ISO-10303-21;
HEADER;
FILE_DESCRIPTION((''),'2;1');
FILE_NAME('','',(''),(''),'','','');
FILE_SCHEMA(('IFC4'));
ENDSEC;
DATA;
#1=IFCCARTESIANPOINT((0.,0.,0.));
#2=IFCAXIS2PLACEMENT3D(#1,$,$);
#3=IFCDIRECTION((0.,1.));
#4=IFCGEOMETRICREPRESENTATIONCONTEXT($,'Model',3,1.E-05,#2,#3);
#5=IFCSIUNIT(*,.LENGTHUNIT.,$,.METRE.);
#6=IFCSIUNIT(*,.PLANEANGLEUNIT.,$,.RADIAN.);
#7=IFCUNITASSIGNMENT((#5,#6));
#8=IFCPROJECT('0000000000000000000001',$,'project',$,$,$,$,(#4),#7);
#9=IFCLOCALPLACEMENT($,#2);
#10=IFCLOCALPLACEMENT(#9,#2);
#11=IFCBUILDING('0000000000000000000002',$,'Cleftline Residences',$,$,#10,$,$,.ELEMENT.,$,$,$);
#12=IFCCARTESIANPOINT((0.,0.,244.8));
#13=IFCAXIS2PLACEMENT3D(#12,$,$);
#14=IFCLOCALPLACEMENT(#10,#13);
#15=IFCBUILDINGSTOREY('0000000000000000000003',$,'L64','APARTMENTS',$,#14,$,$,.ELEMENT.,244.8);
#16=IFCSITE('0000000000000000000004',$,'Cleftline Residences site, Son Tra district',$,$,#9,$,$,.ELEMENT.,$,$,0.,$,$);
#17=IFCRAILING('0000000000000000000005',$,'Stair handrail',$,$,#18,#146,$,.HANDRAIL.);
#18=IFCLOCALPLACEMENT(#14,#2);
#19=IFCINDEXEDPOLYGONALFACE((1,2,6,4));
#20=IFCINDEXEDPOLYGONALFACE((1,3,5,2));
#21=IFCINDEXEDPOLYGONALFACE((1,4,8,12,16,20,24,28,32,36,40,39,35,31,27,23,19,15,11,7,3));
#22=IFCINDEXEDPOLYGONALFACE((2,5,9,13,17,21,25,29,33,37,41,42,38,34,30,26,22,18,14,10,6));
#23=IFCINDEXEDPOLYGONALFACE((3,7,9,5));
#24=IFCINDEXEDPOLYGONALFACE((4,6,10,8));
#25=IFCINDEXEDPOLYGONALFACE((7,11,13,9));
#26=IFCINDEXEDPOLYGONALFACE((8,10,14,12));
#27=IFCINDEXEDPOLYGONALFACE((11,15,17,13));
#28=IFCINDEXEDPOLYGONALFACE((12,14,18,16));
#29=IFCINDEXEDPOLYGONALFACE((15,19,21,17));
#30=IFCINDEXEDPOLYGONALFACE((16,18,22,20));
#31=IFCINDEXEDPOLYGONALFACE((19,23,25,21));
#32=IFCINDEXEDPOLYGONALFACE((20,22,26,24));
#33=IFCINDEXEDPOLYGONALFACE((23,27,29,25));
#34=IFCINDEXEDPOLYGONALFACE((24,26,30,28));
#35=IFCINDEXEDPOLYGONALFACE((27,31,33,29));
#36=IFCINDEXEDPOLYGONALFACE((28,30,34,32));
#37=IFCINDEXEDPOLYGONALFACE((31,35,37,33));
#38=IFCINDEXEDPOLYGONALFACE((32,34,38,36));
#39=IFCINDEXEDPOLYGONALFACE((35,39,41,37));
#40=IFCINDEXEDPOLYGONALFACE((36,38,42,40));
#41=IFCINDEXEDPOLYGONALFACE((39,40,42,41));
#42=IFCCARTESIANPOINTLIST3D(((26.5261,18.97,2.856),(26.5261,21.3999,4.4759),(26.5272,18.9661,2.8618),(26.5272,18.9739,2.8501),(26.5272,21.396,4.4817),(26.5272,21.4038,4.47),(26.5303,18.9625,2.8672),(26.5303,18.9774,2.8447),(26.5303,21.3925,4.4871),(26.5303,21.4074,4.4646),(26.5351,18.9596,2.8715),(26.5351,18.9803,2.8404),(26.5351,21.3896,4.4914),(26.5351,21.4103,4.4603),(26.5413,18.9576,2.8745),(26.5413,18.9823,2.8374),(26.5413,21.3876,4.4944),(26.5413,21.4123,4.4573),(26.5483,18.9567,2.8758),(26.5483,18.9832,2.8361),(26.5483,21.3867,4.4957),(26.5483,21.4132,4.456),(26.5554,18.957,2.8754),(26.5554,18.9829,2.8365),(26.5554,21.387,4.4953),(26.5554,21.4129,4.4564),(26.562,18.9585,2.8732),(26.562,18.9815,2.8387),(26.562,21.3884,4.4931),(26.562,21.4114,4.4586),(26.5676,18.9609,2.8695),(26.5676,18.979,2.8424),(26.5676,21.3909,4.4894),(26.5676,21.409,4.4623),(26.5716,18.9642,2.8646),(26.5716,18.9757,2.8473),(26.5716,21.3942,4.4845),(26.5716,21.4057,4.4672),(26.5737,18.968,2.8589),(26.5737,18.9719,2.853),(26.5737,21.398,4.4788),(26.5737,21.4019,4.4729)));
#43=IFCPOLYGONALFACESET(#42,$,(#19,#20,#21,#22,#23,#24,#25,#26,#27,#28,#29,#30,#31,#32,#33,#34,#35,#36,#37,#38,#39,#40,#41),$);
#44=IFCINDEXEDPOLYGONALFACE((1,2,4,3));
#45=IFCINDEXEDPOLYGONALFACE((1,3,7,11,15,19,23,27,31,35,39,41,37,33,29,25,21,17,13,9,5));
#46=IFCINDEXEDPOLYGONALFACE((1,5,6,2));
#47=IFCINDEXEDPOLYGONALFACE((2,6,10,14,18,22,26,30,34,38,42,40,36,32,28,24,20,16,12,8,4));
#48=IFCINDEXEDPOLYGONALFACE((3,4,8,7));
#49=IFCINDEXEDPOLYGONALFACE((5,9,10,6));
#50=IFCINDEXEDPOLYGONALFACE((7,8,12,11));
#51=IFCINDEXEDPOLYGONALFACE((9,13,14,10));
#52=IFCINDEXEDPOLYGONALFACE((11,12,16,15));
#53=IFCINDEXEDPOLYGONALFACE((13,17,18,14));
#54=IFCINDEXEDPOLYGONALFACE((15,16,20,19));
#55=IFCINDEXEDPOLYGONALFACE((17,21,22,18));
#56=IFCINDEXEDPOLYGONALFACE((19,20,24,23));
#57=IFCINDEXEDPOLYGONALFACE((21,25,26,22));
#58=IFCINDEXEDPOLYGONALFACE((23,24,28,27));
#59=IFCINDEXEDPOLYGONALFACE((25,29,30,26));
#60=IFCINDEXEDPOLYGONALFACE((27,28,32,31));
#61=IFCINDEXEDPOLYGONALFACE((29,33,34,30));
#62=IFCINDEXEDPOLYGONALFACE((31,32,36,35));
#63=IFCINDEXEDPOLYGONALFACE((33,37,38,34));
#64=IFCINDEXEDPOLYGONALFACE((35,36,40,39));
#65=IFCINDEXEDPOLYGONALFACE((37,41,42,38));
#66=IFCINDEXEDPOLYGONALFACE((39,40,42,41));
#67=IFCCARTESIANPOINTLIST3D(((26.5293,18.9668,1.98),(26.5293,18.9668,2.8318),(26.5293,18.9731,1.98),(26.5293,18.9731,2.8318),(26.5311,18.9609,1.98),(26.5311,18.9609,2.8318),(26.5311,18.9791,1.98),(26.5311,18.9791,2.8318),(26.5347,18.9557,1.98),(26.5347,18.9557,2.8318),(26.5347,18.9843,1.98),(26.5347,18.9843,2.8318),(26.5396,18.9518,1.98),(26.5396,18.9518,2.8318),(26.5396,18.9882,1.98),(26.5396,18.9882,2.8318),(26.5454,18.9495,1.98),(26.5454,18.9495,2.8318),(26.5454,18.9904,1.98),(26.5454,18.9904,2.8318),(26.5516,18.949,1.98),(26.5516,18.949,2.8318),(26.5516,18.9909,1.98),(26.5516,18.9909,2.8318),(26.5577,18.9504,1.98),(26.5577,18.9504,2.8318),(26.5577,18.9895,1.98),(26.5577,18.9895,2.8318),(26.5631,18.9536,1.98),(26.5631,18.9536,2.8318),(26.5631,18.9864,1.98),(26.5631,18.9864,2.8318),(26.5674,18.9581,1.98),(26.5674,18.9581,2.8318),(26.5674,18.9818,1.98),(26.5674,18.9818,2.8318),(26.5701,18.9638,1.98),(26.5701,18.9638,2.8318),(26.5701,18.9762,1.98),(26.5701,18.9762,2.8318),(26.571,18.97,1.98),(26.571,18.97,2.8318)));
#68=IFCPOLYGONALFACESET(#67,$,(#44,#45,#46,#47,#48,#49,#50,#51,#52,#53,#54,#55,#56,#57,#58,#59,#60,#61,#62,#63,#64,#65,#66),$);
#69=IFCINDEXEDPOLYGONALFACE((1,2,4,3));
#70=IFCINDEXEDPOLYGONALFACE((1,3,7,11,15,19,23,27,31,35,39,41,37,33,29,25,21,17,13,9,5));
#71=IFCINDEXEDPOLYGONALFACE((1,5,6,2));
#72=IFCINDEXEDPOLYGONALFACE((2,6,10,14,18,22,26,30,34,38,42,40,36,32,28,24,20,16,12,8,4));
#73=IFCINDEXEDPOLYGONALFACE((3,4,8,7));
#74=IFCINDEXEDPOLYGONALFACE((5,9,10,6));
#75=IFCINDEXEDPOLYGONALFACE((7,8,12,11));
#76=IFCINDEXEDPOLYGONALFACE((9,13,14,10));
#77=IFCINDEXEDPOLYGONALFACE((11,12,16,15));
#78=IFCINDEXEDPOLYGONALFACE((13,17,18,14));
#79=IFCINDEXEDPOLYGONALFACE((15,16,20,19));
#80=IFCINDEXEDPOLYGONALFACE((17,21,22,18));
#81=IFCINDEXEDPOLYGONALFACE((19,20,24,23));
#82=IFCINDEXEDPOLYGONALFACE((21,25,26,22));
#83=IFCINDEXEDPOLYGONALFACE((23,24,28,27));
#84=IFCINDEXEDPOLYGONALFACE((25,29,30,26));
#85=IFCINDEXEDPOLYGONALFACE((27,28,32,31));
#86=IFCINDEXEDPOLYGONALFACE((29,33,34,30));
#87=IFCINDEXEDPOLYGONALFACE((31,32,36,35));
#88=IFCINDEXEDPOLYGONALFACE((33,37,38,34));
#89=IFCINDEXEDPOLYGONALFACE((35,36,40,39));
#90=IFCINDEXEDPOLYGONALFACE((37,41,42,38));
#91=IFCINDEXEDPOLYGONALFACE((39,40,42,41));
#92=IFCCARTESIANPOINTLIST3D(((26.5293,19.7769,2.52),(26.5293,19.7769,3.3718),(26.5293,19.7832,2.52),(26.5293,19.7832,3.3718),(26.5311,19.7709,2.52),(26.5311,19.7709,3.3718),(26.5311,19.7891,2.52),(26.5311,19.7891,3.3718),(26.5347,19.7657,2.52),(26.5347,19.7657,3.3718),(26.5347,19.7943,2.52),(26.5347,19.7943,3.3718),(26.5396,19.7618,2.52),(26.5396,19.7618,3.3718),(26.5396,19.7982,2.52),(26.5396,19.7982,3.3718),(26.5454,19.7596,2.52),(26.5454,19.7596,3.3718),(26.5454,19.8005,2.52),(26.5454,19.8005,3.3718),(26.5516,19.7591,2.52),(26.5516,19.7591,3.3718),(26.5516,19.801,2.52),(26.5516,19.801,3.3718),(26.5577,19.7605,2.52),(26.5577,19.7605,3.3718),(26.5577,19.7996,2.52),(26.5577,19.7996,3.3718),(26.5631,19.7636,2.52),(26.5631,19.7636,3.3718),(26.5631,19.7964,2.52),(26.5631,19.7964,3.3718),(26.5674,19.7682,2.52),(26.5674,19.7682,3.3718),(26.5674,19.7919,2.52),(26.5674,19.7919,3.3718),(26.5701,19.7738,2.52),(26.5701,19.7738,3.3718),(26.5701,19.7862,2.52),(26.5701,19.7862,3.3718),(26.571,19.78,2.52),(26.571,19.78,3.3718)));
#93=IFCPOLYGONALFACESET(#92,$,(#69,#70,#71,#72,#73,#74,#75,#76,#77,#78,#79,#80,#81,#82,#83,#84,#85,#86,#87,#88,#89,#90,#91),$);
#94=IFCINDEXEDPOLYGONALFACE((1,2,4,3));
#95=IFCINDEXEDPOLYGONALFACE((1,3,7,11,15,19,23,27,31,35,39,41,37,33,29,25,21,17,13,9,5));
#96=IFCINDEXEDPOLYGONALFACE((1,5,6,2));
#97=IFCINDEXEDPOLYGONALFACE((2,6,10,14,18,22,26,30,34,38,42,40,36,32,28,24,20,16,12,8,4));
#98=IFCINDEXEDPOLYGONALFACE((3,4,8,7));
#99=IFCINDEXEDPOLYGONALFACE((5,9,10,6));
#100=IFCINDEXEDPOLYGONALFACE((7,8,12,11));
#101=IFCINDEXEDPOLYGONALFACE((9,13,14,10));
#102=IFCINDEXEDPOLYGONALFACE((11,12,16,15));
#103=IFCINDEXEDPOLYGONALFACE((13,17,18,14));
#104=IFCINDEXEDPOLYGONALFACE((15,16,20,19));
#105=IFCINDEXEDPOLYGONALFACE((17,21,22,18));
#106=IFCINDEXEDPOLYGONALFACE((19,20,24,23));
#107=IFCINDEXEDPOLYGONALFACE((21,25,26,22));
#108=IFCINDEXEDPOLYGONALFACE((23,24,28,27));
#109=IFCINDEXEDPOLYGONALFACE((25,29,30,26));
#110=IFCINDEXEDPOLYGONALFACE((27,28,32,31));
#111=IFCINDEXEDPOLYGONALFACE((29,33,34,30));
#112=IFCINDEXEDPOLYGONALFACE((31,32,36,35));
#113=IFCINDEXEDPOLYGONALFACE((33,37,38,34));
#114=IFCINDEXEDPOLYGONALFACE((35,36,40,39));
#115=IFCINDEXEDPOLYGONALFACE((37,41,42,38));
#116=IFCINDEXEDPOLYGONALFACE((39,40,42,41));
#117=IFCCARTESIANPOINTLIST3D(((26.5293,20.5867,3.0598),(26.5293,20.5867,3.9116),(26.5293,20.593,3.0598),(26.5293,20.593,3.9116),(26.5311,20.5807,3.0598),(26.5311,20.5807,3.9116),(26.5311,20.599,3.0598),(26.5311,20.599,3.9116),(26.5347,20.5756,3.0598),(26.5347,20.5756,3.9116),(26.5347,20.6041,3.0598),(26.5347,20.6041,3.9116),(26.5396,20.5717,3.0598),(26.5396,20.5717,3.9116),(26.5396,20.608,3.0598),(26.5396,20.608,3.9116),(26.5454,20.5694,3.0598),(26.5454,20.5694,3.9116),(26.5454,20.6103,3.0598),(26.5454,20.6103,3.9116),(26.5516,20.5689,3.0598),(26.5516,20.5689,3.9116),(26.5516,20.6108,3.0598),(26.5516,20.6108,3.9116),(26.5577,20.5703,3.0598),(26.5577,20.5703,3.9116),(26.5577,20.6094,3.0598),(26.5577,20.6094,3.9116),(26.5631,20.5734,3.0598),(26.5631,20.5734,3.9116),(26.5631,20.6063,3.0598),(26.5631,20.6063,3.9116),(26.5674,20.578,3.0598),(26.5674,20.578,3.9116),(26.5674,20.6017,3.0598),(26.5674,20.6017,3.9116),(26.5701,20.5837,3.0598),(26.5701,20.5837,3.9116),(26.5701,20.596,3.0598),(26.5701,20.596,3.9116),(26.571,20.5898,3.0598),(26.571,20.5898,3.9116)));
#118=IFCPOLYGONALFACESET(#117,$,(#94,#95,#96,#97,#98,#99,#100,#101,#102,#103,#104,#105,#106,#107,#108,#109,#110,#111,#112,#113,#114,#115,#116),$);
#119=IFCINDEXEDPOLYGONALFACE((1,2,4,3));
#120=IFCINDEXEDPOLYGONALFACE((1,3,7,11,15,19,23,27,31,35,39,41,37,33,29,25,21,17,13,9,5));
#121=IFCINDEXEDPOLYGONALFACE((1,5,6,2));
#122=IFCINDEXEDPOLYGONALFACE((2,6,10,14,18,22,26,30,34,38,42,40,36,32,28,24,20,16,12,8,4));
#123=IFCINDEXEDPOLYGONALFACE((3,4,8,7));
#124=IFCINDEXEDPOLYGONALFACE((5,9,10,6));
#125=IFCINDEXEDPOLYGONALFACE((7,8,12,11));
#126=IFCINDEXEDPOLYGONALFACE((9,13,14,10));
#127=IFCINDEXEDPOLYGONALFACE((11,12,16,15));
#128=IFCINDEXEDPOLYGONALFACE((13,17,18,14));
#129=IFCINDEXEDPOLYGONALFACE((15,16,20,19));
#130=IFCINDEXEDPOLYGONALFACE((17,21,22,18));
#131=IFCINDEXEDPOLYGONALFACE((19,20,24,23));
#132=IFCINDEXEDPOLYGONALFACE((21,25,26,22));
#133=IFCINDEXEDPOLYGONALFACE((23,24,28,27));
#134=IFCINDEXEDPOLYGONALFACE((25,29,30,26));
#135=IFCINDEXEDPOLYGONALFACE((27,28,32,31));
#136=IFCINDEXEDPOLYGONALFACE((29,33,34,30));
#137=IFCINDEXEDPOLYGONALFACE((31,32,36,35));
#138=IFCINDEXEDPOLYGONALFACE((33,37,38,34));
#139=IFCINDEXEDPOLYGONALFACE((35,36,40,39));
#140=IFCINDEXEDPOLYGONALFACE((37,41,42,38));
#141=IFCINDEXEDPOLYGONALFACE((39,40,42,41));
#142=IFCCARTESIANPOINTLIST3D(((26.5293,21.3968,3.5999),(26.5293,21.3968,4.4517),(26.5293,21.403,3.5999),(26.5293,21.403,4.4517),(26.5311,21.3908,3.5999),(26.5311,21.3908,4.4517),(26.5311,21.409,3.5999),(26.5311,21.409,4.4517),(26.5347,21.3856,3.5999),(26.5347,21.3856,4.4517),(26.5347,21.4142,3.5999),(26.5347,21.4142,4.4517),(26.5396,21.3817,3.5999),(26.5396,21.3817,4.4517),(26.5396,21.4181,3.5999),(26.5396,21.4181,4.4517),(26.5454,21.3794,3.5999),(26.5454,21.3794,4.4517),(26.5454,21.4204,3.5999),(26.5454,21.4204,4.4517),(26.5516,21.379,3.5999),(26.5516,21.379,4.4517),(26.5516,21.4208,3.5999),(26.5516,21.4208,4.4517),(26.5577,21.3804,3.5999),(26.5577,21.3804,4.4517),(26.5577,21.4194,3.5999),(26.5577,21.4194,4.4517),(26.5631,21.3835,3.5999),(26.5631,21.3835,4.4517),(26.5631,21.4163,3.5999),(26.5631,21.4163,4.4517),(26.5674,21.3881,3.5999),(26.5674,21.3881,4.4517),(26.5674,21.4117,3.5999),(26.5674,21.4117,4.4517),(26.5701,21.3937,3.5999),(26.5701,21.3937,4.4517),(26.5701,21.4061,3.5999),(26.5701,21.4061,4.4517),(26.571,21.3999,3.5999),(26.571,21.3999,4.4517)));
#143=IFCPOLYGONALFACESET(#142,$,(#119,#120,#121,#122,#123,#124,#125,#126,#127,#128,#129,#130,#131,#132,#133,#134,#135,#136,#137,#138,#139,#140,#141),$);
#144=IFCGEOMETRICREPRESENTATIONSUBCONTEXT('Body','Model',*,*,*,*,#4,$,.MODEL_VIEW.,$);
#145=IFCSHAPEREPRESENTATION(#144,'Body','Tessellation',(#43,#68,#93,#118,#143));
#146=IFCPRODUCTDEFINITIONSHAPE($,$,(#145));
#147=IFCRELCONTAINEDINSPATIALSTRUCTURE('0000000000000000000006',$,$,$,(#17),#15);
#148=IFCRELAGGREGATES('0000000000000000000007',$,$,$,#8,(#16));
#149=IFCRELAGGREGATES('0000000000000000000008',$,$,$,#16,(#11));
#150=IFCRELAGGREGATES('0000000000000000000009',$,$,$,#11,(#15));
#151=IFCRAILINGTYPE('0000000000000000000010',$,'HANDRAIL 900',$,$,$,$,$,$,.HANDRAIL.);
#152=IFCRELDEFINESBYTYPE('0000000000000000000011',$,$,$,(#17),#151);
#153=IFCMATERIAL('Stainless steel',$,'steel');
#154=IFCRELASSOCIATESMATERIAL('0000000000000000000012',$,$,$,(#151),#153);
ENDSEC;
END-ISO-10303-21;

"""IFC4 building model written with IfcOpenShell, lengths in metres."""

from ifc_helpers import new_model, si_unit, direction, frame, origin, origin_2d, place, context, subcontext, project, spatial, circle, extrude, material, type_object, element, save


model = new_model("IFC4")

# Units and contexts
model_context = context("Model", 3, precision=1e-05, world=origin(), true_north=direction((0.0, 1.0)))
body_context = subcontext(model_context, "Body", "Model", "MODEL_VIEW")
ifc_project = project(units=[si_unit("LENGTHUNIT", "METRE"), si_unit("PLANEANGLEUNIT", "RADIAN")], contexts=[model_context])

# Site, building, storey
site_placement = place(None, origin())
site = spatial("IfcSite", under=ifc_project, at=site_placement, Name="Cleftline Residences site, Son Tra district", CompositionType="ELEMENT", RefElevation=0.0)
building_placement = place(site_placement, origin())
building = spatial("IfcBuilding", under=site, at=building_placement, Name="Cleftline Residences", CompositionType="ELEMENT")
storey_placement = place(building_placement, frame((0.0, 0.0, 244.8)))
storey = spatial("IfcBuildingStorey", under=building, at=storey_placement, Name="L64", Description="APARTMENTS", CompositionType="ELEMENT", Elevation=244.8)

# Railing
ifc_material_1 = material(Name="Stainless steel", Category="steel")
railing_type = type_object("IfcRailingType", Name="HANDRAIL 900", PredefinedType="HANDRAIL", material=ifc_material_1)
railing_1_placement = place(storey_placement, frame((26.55, 18.97, 1.98)))
element("IfcRailing", 1, at=railing_1_placement, inside=storey, type_object=railing_type, Name="Stair handrail", PredefinedType="HANDRAIL", context=body_context, shape_type="SweptSolid", body=[
    extrude(circle(Radius=0.0239, at=origin_2d()), frame((0.0, 0.0, 0.876), z_axis=(0.0, 0.832063, 0.554681), x_axis=(-1.0, 0.0, 0.0)), (0.0, 0.0, 1.0), 2.9204),
    extrude(circle(Radius=0.021, at=origin_2d()), origin(), (0.0, 0.0, 1.0), 0.8518),
    extrude(circle(Radius=0.021, at=origin_2d()), frame((0.0, 0.8101, 0.54)), (0.0, 0.0, 1.0), 0.8518),
    extrude(circle(Radius=0.021, at=origin_2d()), frame((0.0, 1.6199, 1.0798)), (0.0, 0.0, 1.0), 0.8518),
    extrude(circle(Radius=0.021, at=origin_2d()), frame((0.0, 2.4299, 1.6199)), (0.0, 0.0, 1.0), 0.8518),
])

save(model, "model.ifc")
